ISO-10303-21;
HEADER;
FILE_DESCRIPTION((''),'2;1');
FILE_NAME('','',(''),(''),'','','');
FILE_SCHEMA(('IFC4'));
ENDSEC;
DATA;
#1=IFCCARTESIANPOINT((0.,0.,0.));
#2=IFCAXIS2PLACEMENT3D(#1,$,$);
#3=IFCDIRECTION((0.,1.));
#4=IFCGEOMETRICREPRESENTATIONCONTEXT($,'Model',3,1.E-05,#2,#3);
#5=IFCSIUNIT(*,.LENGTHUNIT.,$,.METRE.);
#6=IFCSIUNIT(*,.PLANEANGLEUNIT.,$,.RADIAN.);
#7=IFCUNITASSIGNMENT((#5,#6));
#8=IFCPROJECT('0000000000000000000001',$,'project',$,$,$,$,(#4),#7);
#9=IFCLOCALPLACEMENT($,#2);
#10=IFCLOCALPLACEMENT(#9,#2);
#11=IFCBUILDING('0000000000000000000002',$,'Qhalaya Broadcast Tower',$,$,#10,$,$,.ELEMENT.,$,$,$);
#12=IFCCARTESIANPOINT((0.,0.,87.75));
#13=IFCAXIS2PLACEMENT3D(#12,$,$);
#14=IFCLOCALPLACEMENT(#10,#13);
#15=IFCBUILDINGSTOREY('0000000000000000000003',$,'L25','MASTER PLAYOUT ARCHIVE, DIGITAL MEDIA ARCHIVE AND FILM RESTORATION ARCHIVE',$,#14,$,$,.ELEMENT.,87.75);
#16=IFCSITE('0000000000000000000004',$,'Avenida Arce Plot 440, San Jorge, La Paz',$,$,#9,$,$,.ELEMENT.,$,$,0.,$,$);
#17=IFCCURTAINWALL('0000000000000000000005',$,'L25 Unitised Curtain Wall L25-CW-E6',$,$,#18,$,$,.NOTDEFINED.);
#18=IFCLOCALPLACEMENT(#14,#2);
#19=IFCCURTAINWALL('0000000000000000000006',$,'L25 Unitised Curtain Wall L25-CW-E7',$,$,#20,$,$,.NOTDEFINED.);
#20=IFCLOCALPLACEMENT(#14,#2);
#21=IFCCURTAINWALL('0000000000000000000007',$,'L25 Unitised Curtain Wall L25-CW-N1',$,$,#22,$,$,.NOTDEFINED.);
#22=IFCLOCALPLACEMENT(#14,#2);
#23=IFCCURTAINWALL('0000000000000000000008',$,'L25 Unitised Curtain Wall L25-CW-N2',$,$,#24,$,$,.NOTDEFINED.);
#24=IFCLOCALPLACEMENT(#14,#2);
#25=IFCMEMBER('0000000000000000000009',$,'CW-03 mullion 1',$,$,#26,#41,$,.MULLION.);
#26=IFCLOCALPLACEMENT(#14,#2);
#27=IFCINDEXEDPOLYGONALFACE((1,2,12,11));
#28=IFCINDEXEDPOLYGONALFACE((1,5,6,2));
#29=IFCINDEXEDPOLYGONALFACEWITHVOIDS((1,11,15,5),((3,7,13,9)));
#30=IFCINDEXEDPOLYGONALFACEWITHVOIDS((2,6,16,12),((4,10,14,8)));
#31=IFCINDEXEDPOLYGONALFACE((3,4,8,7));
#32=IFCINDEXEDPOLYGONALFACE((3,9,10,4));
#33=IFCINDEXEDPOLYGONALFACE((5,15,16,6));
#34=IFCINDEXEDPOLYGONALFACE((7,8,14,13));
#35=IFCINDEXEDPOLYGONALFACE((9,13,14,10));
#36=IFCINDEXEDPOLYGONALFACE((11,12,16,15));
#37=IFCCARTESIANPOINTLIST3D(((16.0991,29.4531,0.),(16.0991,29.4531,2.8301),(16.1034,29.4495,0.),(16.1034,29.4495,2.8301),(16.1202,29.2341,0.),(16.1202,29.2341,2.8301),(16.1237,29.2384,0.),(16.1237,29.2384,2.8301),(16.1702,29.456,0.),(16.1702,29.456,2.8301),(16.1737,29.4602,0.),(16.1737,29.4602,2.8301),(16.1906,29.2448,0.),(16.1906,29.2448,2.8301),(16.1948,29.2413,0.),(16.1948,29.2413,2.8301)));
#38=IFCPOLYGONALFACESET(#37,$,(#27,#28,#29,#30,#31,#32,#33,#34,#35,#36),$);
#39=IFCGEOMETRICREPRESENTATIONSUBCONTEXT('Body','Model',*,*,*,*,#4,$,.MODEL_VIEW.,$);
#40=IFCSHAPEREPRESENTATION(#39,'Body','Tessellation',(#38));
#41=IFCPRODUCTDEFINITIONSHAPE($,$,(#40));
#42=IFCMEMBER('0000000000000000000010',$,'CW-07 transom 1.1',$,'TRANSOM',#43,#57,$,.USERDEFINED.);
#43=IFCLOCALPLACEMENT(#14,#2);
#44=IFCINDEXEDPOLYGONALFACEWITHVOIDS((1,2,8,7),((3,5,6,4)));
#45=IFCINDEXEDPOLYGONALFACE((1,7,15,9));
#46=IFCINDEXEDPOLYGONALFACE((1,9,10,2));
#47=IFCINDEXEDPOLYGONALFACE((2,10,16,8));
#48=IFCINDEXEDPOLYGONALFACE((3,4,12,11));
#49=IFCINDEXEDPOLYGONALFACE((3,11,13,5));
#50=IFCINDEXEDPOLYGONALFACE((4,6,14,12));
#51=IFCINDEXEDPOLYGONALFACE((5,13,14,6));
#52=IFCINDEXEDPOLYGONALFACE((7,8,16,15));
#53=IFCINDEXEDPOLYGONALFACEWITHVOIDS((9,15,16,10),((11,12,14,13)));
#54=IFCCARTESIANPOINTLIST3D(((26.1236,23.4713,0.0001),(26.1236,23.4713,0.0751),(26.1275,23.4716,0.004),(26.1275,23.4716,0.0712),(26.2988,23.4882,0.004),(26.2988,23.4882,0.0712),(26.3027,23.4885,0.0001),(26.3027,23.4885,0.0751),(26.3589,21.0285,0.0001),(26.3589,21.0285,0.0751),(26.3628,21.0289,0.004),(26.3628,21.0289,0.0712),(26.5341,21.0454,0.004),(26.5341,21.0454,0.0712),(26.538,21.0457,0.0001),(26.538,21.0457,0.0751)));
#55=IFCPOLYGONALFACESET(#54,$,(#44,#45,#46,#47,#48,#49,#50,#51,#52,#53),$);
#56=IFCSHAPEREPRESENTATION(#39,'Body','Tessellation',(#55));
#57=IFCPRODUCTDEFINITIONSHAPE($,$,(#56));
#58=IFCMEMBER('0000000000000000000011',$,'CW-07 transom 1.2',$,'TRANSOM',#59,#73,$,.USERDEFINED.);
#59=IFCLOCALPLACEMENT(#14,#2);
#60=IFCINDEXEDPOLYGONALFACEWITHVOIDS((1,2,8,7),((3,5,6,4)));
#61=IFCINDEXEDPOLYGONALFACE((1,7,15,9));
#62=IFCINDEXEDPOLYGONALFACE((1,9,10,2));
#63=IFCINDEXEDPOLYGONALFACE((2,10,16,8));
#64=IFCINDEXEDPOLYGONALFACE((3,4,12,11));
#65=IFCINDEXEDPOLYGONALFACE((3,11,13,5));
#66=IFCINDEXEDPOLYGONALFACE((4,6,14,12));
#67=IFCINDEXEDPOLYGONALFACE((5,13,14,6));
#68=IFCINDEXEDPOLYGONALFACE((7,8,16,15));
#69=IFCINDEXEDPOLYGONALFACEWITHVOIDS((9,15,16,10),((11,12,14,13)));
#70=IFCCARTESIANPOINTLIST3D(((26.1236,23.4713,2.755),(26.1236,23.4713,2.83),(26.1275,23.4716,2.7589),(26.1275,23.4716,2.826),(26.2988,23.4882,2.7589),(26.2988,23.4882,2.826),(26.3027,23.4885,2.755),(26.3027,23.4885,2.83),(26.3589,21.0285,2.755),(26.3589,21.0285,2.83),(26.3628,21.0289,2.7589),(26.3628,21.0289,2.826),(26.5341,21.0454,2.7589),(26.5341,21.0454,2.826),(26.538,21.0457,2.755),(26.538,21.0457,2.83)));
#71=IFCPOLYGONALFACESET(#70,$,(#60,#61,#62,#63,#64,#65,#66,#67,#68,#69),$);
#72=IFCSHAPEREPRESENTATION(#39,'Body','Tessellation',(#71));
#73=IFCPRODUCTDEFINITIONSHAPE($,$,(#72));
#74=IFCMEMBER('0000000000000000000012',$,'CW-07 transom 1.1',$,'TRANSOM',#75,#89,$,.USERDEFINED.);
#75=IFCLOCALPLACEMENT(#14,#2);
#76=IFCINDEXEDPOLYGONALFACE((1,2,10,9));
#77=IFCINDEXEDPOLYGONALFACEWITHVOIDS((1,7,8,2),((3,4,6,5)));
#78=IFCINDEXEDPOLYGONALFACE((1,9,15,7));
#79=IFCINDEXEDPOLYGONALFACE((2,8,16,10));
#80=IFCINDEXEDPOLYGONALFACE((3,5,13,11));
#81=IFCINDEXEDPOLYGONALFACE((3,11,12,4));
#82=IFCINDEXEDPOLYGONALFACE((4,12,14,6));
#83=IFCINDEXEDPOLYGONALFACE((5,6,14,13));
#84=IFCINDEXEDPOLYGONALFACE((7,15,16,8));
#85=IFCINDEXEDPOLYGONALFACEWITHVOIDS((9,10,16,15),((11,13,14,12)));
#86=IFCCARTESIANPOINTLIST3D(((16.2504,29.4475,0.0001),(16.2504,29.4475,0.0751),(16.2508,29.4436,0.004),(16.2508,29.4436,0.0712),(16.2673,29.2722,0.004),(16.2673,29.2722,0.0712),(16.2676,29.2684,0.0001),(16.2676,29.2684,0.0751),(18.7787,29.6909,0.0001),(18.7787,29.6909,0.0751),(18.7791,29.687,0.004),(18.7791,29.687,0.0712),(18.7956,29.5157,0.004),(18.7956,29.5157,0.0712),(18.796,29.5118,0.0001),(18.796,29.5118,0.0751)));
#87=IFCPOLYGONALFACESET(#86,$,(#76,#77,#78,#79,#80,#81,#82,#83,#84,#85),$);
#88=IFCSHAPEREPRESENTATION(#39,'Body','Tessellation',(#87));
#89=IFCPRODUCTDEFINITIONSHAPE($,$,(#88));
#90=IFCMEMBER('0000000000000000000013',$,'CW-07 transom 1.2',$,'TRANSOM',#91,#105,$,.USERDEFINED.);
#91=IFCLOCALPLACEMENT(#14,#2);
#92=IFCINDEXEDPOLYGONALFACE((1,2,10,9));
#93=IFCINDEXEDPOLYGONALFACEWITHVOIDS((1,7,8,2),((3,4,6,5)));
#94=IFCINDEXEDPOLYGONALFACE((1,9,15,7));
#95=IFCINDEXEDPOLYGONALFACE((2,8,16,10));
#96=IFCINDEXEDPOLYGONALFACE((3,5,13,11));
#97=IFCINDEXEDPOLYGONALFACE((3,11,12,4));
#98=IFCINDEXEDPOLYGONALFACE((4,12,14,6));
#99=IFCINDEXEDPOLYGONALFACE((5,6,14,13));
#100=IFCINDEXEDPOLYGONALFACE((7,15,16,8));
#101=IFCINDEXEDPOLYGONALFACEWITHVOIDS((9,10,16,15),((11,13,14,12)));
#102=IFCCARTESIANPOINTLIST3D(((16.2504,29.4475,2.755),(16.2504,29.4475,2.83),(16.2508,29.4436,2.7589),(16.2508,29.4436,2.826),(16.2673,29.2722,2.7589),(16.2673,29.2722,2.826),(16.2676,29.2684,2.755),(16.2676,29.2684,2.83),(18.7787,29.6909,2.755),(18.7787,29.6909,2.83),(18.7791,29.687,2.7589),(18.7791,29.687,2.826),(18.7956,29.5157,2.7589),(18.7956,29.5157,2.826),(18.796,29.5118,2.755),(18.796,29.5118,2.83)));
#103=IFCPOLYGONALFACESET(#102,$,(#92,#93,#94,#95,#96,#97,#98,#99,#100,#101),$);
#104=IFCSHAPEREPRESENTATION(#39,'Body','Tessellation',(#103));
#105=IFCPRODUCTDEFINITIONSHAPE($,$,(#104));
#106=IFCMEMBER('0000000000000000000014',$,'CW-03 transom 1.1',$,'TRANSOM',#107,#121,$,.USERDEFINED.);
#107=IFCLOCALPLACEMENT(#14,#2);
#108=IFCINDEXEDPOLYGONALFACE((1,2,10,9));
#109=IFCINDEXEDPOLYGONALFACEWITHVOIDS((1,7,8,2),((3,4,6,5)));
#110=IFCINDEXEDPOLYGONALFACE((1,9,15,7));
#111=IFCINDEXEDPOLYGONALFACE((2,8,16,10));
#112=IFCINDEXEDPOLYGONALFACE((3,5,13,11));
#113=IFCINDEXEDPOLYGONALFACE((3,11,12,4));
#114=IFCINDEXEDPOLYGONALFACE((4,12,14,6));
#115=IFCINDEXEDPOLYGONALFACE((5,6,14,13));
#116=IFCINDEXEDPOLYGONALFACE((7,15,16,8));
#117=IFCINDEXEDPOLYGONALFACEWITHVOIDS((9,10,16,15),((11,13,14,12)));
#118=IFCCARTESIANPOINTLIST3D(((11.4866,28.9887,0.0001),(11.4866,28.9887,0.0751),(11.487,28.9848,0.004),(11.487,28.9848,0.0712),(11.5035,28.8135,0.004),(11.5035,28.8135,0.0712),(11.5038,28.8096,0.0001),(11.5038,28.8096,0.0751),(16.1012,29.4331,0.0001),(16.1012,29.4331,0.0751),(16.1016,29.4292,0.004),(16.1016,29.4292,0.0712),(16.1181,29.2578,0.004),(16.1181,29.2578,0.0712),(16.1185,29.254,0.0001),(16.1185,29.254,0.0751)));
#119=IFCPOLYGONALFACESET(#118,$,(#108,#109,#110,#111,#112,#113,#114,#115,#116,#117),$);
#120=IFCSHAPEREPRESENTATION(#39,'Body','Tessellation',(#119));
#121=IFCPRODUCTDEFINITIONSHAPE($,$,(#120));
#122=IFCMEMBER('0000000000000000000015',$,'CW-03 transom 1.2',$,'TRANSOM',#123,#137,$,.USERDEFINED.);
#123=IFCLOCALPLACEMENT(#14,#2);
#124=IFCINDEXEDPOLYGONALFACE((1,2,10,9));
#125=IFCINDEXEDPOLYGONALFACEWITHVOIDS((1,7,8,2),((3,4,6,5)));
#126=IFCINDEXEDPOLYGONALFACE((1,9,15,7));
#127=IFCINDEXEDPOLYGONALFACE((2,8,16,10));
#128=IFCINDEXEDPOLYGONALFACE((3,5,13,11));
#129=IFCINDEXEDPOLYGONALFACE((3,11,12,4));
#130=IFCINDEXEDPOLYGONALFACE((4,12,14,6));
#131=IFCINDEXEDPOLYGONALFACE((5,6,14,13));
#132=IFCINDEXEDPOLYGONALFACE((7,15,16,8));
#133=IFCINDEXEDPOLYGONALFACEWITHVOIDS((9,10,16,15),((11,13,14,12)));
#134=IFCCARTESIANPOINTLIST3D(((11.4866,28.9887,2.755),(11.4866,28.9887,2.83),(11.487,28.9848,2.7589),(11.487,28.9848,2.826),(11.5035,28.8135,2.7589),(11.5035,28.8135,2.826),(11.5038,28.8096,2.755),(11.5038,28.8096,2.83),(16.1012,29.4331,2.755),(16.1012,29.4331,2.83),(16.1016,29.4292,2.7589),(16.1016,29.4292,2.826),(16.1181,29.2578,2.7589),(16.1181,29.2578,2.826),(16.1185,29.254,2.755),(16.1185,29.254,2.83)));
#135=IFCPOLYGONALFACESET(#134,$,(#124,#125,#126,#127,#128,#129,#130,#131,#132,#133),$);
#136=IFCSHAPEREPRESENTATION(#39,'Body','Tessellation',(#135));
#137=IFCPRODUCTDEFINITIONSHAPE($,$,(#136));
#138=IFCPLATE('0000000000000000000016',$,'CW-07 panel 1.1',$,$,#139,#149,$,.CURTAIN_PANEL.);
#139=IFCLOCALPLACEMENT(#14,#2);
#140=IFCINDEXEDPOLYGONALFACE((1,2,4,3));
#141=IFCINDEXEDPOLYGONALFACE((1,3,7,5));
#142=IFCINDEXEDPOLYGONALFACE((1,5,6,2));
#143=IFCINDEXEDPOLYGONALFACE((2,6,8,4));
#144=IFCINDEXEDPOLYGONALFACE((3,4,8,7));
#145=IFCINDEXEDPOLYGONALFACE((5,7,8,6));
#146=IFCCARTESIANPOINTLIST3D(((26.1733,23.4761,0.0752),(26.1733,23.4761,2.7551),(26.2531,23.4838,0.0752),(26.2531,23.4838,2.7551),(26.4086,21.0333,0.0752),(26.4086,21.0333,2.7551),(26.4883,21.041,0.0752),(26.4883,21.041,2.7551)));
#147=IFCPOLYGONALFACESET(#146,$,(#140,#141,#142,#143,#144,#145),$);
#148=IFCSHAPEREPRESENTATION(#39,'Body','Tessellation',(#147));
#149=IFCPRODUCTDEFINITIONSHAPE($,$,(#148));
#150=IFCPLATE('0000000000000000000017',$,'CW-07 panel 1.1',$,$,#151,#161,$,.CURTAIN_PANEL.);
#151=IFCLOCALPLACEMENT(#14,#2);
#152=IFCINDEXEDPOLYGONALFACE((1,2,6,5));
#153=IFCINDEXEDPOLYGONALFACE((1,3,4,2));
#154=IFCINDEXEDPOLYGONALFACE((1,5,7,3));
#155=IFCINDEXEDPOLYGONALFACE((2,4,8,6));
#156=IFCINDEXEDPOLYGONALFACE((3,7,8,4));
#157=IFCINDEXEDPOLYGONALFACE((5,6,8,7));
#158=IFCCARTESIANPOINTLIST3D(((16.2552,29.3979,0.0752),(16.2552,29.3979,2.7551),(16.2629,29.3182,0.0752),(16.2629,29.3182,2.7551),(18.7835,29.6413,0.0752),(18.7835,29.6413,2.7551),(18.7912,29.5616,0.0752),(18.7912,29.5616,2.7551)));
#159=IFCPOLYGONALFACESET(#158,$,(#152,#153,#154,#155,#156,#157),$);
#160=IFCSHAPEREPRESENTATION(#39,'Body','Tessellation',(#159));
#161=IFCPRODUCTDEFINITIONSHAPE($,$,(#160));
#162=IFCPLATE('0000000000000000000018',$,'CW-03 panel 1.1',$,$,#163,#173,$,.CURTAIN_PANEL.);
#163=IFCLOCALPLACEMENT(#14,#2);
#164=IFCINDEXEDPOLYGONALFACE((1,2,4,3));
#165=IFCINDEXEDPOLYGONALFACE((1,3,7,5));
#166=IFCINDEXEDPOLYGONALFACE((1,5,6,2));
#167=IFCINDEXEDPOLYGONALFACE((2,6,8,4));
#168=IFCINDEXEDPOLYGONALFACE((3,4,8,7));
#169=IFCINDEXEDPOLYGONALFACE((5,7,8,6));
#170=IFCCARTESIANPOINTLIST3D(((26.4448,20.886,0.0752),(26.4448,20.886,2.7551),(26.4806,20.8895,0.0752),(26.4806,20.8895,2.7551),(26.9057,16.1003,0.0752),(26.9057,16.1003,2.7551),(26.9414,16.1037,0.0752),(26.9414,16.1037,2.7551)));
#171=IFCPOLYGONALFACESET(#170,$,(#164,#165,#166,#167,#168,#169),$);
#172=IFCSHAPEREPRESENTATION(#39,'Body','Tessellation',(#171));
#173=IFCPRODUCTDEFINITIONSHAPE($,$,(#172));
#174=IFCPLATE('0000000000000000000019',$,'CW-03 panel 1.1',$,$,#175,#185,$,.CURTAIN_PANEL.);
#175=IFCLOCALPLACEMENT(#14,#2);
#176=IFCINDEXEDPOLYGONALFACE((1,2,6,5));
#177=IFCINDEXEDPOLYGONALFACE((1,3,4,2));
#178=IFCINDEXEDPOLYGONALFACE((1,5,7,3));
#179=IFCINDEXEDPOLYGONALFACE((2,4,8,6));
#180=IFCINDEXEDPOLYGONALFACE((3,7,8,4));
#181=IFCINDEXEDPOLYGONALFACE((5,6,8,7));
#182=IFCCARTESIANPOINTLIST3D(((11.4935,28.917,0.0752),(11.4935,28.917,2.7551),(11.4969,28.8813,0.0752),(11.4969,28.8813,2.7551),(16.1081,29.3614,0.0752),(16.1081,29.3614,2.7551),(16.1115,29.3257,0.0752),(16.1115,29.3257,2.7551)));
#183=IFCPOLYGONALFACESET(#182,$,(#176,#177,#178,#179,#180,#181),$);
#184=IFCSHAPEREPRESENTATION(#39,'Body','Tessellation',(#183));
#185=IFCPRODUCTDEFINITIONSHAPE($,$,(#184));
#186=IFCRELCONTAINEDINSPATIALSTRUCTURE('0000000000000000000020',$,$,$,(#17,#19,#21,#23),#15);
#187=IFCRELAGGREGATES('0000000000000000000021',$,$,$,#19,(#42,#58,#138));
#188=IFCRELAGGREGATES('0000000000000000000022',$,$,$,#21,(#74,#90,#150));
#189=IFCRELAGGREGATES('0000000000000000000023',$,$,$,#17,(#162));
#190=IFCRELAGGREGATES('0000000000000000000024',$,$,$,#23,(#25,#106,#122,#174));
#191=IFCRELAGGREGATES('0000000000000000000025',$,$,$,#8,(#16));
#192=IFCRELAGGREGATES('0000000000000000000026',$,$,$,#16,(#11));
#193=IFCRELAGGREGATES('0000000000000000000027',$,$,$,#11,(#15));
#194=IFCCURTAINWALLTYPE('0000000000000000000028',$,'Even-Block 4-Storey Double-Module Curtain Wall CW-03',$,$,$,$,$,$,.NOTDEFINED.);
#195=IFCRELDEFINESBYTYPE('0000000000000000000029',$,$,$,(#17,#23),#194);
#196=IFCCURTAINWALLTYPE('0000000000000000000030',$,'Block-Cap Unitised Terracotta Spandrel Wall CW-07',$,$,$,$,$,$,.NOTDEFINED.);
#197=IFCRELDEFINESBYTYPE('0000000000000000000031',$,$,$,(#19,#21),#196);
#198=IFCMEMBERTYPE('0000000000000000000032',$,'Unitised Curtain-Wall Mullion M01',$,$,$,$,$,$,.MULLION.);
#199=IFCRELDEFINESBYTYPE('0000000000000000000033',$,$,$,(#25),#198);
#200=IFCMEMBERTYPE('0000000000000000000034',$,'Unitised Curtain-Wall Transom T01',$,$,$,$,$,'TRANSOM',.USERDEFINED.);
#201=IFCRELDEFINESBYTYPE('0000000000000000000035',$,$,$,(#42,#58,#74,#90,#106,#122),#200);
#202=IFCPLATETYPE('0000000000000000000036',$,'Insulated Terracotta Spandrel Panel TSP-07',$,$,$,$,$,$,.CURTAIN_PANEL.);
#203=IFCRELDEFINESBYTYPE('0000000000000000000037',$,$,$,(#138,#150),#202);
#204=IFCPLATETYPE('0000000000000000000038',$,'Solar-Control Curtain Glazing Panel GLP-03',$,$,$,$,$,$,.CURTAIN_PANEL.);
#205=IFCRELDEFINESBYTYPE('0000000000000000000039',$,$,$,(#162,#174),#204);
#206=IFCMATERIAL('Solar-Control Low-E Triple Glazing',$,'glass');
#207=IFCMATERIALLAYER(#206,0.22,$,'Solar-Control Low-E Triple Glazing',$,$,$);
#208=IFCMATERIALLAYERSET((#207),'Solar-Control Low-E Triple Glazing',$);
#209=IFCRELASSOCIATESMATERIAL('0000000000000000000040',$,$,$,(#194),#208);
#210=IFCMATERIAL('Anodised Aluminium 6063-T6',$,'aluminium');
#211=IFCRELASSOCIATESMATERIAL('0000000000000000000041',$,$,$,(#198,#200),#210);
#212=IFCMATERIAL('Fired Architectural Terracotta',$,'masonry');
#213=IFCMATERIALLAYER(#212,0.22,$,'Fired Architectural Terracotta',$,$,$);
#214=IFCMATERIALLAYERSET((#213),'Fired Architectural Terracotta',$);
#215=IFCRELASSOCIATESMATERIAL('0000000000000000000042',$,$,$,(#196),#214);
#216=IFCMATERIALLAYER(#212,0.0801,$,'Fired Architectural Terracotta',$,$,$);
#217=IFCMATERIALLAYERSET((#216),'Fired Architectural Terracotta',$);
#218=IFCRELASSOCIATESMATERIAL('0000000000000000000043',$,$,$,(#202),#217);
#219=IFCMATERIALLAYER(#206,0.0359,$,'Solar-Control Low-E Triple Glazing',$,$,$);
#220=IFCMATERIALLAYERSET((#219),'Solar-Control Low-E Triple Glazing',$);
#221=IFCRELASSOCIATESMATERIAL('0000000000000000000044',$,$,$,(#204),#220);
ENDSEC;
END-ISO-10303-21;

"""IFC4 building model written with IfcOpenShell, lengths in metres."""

from ifc_helpers import new_model, si_unit, direction, frame, origin, origin_2d, place, context, subcontext, project, spatial, rectangle, hollow_rectangle, extrude, material, layer, layer_set, material_profile, profile_set, type_object, element, aggregate, save


model = new_model("IFC4")

# Units and contexts
model_context = context("Model", 3, precision=1e-05, world=origin(), true_north=direction((0.0, 1.0)))
body_context = subcontext(model_context, "Body", "Model", "MODEL_VIEW")
ifc_project = project(units=[si_unit("LENGTHUNIT", "METRE"), si_unit("PLANEANGLEUNIT", "RADIAN")], contexts=[model_context])

# Site, building, storey
site_placement = place(None, origin())
site = spatial("IfcSite", under=ifc_project, at=site_placement, Name="Avenida Arce Plot 440, San Jorge, La Paz", CompositionType="ELEMENT", RefElevation=0.0)
building_placement = place(site_placement, origin())
building = spatial("IfcBuilding", under=site, at=building_placement, Name="Qhalaya Broadcast Tower", CompositionType="ELEMENT")
storey_placement = place(building_placement, frame((0.0, 0.0, 87.75)))
storey = spatial("IfcBuildingStorey", under=building, at=storey_placement, Name="L25", Description="MASTER PLAYOUT ARCHIVE, DIGITAL MEDIA ARCHIVE AND FILM RESTORATION ARCHIVE", CompositionType="ELEMENT", Elevation=87.75)

# Shared definitions
ifc_material_1 = material(Name="Fired Architectural Terracotta", Category="masonry")

# Curtain wall
ifc_material_2 = material(Name="Solar-Control Low-E Triple Glazing", Category="glass")
ifc_layer_1 = layer(ifc_material_2, 0.22, Name="Solar-Control Low-E Triple Glazing")
ifc_layer_set_1 = layer_set([ifc_layer_1], Name="Solar-Control Low-E Triple Glazing")
curtain_wall_type_1 = type_object("IfcCurtainWallType", Name="Even-Block 4-Storey Double-Module Curtain Wall CW-03", PredefinedType="NOTDEFINED", material=ifc_layer_set_1)
curtain_wall_1_placement = place(storey_placement, origin())
curtain_wall_1 = element("IfcCurtainWall", 1, at=curtain_wall_1_placement, inside=storey, type_object=curtain_wall_type_1, Name="L25 Unitised Curtain Wall L25-CW-E6", PredefinedType="NOTDEFINED")
ifc_material_3 = material(Name="Anodised Aluminium 6063-T6", Category="aluminium")
ifc_material_profile_1 = material_profile(ifc_material_3, hollow_rectangle(XDim=0.075, YDim=0.22, WallThickness=0.0039, at=origin_2d()), Name="ALU-MUL 75x220x4")
ifc_profile_set_1 = profile_set([ifc_material_profile_1], Name="Anodised Aluminium 6063-T6")
member_type_1 = type_object("IfcMemberType", Name="Unitised Curtain-Wall Mullion M01", PredefinedType="MULLION", material=ifc_profile_set_1)

# Curtain walls
ifc_layer_2 = layer(ifc_material_1, 0.22, Name="Fired Architectural Terracotta")
ifc_layer_set_2 = layer_set([ifc_layer_2], Name="Fired Architectural Terracotta")
curtain_wall_type_2 = type_object("IfcCurtainWallType", Name="Block-Cap Unitised Terracotta Spandrel Wall CW-07", PredefinedType="NOTDEFINED", material=ifc_layer_set_2)
curtain_wall_2_placement = place(storey_placement, origin())
curtain_wall_2 = element("IfcCurtainWall", 2, at=curtain_wall_2_placement, inside=storey, type_object=curtain_wall_type_2, Name="L25 Unitised Curtain Wall L25-CW-E7", PredefinedType="NOTDEFINED")
curtain_wall_3_placement = place(storey_placement, origin())
curtain_wall_3 = element("IfcCurtainWall", 3, at=curtain_wall_3_placement, inside=storey, type_object=curtain_wall_type_2, Name="L25 Unitised Curtain Wall L25-CW-N1", PredefinedType="NOTDEFINED")

# Curtain wall, member
curtain_wall_4_placement = place(storey_placement, origin())
curtain_wall_4 = element("IfcCurtainWall", 4, at=curtain_wall_4_placement, inside=storey, type_object=curtain_wall_type_1, Name="L25 Unitised Curtain Wall L25-CW-N2", PredefinedType="NOTDEFINED")
member_1_placement = place(storey_placement, frame((16.147, 29.3472, 0.0), z_axis=(0.0, 0.0, 1.0), x_axis=(-0.995395, -0.095862, 0.0)))
member_1 = element("IfcMember", 5, at=member_1_placement, type_object=member_type_1, Name="CW-03 mullion 1", PredefinedType="MULLION", context=body_context, shape_type="SweptSolid", body=[
    extrude(hollow_rectangle(XDim=0.075, YDim=0.22, WallThickness=0.0039, at=origin_2d()), origin(), (0.0, 0.0, 1.0), 2.8301),
])

# Members
ifc_material_profile_2 = material_profile(ifc_material_3, hollow_rectangle(XDim=0.075, YDim=0.1799, WallThickness=0.0039, at=origin_2d()), Name="ALU-TRN 75x180x4")
ifc_profile_set_2 = profile_set([ifc_material_profile_2], Name="Anodised Aluminium 6063-T6")
member_type_2 = type_object("IfcMemberType", Name="Unitised Curtain-Wall Transom T01", ElementType="TRANSOM", PredefinedType="USERDEFINED", material=ifc_profile_set_2)
member_2_placement = place(storey_placement, frame((26.4485, 21.0371, 0.0376), z_axis=(-0.095898, 0.995391, 0.0), x_axis=(0.0, 0.0, 1.0)))
member_2 = element("IfcMember", 6, at=member_2_placement, type_object=member_type_2, Name="CW-07 transom 1.1", ObjectType="TRANSOM", PredefinedType="USERDEFINED", context=body_context, shape_type="SweptSolid", body=[
    extrude(hollow_rectangle(XDim=0.075, YDim=0.1799, WallThickness=0.0039, at=origin_2d()), origin(), (0.0, 0.0, 1.0), 2.4541),
])
member_3_placement = place(storey_placement, frame((26.4485, 21.0371, 2.7925), z_axis=(-0.095898, 0.995391, 0.0), x_axis=(0.0, 0.0, 1.0)))
member_3 = element("IfcMember", 7, at=member_3_placement, type_object=member_type_2, Name="CW-07 transom 1.2", ObjectType="TRANSOM", PredefinedType="USERDEFINED", context=body_context, shape_type="SweptSolid", body=[
    extrude(hollow_rectangle(XDim=0.075, YDim=0.1799, WallThickness=0.0039, at=origin_2d()), origin(), (0.0, 0.0, 1.0), 2.4541),
])
member_4_placement = place(storey_placement, frame((18.7874, 29.6013, 0.0376), z_axis=(-0.995398, -0.09583, 0.0), x_axis=(0.0, 0.0, 1.0)))
member_4 = element("IfcMember", 8, at=member_4_placement, type_object=member_type_2, Name="CW-07 transom 1.1", ObjectType="TRANSOM", PredefinedType="USERDEFINED", context=body_context, shape_type="SweptSolid", body=[
    extrude(hollow_rectangle(XDim=0.075, YDim=0.1799, WallThickness=0.0039, at=origin_2d()), origin(), (0.0, 0.0, 1.0), 2.54),
])
member_5_placement = place(storey_placement, frame((18.7874, 29.6013, 2.7925), z_axis=(-0.995398, -0.09583, 0.0), x_axis=(0.0, 0.0, 1.0)))
member_5 = element("IfcMember", 9, at=member_5_placement, type_object=member_type_2, Name="CW-07 transom 1.2", ObjectType="TRANSOM", PredefinedType="USERDEFINED", context=body_context, shape_type="SweptSolid", body=[
    extrude(hollow_rectangle(XDim=0.075, YDim=0.1799, WallThickness=0.0039, at=origin_2d()), origin(), (0.0, 0.0, 1.0), 2.54),
])
member_6_placement = place(storey_placement, frame((16.1099, 29.3435, 0.0376), z_axis=(-0.995396, -0.095843, 0.0), x_axis=(0.0, 0.0, 1.0)))
member_6 = element("IfcMember", 10, at=member_6_placement, type_object=member_type_2, Name="CW-03 transom 1.1", ObjectType="TRANSOM", PredefinedType="USERDEFINED", context=body_context, shape_type="SweptSolid", body=[
    extrude(hollow_rectangle(XDim=0.075, YDim=0.1799, WallThickness=0.0039, at=origin_2d()), origin(), (0.0, 0.0, 1.0), 4.636),
])
member_7_placement = place(storey_placement, frame((16.1099, 29.3435, 2.7925), z_axis=(-0.995396, -0.095843, 0.0), x_axis=(0.0, 0.0, 1.0)))
member_7 = element("IfcMember", 11, at=member_7_placement, type_object=member_type_2, Name="CW-03 transom 1.2", ObjectType="TRANSOM", PredefinedType="USERDEFINED", context=body_context, shape_type="SweptSolid", body=[
    extrude(hollow_rectangle(XDim=0.075, YDim=0.1799, WallThickness=0.0039, at=origin_2d()), origin(), (0.0, 0.0, 1.0), 4.636),
])

# Plates
ifc_layer_3 = layer(ifc_material_1, 0.0801, Name="Fired Architectural Terracotta")
ifc_layer_set_3 = layer_set([ifc_layer_3], Name="Fired Architectural Terracotta")
plate_type_1 = type_object("IfcPlateType", Name="Insulated Terracotta Spandrel Panel TSP-07", PredefinedType="CURTAIN_PANEL", material=ifc_layer_set_3)
plate_1_placement = place(storey_placement, frame((26.3308, 22.2585, 0.0752), z_axis=(0.0, 0.0, 1.0), x_axis=(-0.095849, 0.995396, 0.0)))
plate_1 = element("IfcPlate", 12, at=plate_1_placement, type_object=plate_type_1, Name="CW-07 panel 1.1", PredefinedType="CURTAIN_PANEL", context=body_context, shape_type="SweptSolid", body=[
    extrude(rectangle(XDim=2.4541, YDim=0.0801, at=origin_2d()), origin(), (0.0, 0.0, 1.0), 2.6799),
])
aggregate(curtain_wall_2, [member_2, member_3, plate_1])
plate_2_placement = place(storey_placement, frame((17.5232, 29.4797, 0.0752), z_axis=(0.0, 0.0, 1.0), x_axis=(-0.995397, -0.095837, 0.0)))
plate_2 = element("IfcPlate", 13, at=plate_2_placement, type_object=plate_type_1, Name="CW-07 panel 1.1", PredefinedType="CURTAIN_PANEL", context=body_context, shape_type="SweptSolid", body=[
    extrude(rectangle(XDim=2.54, YDim=0.0801, at=origin_2d()), origin(), (0.0, 0.0, 1.0), 2.6799),
])
aggregate(curtain_wall_3, [member_4, member_5, plate_2])
ifc_layer_4 = layer(ifc_material_2, 0.0359, Name="Solar-Control Low-E Triple Glazing")
ifc_layer_set_4 = layer_set([ifc_layer_4], Name="Solar-Control Low-E Triple Glazing")
plate_type_2 = type_object("IfcPlateType", Name="Solar-Control Curtain Glazing Panel GLP-03", PredefinedType="CURTAIN_PANEL", material=ifc_layer_set_4)
plate_3_placement = place(storey_placement, frame((26.6931, 18.4949, 0.0752), z_axis=(0.0, 0.0, 1.0), x_axis=(-0.095847, 0.995396, 0.0)))
plate_3 = element("IfcPlate", 14, at=plate_3_placement, type_object=plate_type_2, Name="CW-03 panel 1.1", PredefinedType="CURTAIN_PANEL", context=body_context, shape_type="SweptSolid", body=[
    extrude(rectangle(XDim=4.8079, YDim=0.0359, at=origin_2d()), origin(), (0.0, 0.0, 1.0), 2.6799),
])
aggregate(curtain_wall_1, [plate_3])
plate_4_placement = place(storey_placement, frame((13.8025, 29.1213, 0.0752), z_axis=(0.0, 0.0, 1.0), x_axis=(-0.995395, -0.095862, 0.0)))
plate_4 = element("IfcPlate", 15, at=plate_4_placement, type_object=plate_type_2, Name="CW-03 panel 1.1", PredefinedType="CURTAIN_PANEL", context=body_context, shape_type="SweptSolid", body=[
    extrude(rectangle(XDim=4.636, YDim=0.0359, at=origin_2d()), origin(), (0.0, 0.0, 1.0), 2.6799),
])
aggregate(curtain_wall_4, [member_1, member_6, member_7, plate_4])

save(model, "model.ifc")
